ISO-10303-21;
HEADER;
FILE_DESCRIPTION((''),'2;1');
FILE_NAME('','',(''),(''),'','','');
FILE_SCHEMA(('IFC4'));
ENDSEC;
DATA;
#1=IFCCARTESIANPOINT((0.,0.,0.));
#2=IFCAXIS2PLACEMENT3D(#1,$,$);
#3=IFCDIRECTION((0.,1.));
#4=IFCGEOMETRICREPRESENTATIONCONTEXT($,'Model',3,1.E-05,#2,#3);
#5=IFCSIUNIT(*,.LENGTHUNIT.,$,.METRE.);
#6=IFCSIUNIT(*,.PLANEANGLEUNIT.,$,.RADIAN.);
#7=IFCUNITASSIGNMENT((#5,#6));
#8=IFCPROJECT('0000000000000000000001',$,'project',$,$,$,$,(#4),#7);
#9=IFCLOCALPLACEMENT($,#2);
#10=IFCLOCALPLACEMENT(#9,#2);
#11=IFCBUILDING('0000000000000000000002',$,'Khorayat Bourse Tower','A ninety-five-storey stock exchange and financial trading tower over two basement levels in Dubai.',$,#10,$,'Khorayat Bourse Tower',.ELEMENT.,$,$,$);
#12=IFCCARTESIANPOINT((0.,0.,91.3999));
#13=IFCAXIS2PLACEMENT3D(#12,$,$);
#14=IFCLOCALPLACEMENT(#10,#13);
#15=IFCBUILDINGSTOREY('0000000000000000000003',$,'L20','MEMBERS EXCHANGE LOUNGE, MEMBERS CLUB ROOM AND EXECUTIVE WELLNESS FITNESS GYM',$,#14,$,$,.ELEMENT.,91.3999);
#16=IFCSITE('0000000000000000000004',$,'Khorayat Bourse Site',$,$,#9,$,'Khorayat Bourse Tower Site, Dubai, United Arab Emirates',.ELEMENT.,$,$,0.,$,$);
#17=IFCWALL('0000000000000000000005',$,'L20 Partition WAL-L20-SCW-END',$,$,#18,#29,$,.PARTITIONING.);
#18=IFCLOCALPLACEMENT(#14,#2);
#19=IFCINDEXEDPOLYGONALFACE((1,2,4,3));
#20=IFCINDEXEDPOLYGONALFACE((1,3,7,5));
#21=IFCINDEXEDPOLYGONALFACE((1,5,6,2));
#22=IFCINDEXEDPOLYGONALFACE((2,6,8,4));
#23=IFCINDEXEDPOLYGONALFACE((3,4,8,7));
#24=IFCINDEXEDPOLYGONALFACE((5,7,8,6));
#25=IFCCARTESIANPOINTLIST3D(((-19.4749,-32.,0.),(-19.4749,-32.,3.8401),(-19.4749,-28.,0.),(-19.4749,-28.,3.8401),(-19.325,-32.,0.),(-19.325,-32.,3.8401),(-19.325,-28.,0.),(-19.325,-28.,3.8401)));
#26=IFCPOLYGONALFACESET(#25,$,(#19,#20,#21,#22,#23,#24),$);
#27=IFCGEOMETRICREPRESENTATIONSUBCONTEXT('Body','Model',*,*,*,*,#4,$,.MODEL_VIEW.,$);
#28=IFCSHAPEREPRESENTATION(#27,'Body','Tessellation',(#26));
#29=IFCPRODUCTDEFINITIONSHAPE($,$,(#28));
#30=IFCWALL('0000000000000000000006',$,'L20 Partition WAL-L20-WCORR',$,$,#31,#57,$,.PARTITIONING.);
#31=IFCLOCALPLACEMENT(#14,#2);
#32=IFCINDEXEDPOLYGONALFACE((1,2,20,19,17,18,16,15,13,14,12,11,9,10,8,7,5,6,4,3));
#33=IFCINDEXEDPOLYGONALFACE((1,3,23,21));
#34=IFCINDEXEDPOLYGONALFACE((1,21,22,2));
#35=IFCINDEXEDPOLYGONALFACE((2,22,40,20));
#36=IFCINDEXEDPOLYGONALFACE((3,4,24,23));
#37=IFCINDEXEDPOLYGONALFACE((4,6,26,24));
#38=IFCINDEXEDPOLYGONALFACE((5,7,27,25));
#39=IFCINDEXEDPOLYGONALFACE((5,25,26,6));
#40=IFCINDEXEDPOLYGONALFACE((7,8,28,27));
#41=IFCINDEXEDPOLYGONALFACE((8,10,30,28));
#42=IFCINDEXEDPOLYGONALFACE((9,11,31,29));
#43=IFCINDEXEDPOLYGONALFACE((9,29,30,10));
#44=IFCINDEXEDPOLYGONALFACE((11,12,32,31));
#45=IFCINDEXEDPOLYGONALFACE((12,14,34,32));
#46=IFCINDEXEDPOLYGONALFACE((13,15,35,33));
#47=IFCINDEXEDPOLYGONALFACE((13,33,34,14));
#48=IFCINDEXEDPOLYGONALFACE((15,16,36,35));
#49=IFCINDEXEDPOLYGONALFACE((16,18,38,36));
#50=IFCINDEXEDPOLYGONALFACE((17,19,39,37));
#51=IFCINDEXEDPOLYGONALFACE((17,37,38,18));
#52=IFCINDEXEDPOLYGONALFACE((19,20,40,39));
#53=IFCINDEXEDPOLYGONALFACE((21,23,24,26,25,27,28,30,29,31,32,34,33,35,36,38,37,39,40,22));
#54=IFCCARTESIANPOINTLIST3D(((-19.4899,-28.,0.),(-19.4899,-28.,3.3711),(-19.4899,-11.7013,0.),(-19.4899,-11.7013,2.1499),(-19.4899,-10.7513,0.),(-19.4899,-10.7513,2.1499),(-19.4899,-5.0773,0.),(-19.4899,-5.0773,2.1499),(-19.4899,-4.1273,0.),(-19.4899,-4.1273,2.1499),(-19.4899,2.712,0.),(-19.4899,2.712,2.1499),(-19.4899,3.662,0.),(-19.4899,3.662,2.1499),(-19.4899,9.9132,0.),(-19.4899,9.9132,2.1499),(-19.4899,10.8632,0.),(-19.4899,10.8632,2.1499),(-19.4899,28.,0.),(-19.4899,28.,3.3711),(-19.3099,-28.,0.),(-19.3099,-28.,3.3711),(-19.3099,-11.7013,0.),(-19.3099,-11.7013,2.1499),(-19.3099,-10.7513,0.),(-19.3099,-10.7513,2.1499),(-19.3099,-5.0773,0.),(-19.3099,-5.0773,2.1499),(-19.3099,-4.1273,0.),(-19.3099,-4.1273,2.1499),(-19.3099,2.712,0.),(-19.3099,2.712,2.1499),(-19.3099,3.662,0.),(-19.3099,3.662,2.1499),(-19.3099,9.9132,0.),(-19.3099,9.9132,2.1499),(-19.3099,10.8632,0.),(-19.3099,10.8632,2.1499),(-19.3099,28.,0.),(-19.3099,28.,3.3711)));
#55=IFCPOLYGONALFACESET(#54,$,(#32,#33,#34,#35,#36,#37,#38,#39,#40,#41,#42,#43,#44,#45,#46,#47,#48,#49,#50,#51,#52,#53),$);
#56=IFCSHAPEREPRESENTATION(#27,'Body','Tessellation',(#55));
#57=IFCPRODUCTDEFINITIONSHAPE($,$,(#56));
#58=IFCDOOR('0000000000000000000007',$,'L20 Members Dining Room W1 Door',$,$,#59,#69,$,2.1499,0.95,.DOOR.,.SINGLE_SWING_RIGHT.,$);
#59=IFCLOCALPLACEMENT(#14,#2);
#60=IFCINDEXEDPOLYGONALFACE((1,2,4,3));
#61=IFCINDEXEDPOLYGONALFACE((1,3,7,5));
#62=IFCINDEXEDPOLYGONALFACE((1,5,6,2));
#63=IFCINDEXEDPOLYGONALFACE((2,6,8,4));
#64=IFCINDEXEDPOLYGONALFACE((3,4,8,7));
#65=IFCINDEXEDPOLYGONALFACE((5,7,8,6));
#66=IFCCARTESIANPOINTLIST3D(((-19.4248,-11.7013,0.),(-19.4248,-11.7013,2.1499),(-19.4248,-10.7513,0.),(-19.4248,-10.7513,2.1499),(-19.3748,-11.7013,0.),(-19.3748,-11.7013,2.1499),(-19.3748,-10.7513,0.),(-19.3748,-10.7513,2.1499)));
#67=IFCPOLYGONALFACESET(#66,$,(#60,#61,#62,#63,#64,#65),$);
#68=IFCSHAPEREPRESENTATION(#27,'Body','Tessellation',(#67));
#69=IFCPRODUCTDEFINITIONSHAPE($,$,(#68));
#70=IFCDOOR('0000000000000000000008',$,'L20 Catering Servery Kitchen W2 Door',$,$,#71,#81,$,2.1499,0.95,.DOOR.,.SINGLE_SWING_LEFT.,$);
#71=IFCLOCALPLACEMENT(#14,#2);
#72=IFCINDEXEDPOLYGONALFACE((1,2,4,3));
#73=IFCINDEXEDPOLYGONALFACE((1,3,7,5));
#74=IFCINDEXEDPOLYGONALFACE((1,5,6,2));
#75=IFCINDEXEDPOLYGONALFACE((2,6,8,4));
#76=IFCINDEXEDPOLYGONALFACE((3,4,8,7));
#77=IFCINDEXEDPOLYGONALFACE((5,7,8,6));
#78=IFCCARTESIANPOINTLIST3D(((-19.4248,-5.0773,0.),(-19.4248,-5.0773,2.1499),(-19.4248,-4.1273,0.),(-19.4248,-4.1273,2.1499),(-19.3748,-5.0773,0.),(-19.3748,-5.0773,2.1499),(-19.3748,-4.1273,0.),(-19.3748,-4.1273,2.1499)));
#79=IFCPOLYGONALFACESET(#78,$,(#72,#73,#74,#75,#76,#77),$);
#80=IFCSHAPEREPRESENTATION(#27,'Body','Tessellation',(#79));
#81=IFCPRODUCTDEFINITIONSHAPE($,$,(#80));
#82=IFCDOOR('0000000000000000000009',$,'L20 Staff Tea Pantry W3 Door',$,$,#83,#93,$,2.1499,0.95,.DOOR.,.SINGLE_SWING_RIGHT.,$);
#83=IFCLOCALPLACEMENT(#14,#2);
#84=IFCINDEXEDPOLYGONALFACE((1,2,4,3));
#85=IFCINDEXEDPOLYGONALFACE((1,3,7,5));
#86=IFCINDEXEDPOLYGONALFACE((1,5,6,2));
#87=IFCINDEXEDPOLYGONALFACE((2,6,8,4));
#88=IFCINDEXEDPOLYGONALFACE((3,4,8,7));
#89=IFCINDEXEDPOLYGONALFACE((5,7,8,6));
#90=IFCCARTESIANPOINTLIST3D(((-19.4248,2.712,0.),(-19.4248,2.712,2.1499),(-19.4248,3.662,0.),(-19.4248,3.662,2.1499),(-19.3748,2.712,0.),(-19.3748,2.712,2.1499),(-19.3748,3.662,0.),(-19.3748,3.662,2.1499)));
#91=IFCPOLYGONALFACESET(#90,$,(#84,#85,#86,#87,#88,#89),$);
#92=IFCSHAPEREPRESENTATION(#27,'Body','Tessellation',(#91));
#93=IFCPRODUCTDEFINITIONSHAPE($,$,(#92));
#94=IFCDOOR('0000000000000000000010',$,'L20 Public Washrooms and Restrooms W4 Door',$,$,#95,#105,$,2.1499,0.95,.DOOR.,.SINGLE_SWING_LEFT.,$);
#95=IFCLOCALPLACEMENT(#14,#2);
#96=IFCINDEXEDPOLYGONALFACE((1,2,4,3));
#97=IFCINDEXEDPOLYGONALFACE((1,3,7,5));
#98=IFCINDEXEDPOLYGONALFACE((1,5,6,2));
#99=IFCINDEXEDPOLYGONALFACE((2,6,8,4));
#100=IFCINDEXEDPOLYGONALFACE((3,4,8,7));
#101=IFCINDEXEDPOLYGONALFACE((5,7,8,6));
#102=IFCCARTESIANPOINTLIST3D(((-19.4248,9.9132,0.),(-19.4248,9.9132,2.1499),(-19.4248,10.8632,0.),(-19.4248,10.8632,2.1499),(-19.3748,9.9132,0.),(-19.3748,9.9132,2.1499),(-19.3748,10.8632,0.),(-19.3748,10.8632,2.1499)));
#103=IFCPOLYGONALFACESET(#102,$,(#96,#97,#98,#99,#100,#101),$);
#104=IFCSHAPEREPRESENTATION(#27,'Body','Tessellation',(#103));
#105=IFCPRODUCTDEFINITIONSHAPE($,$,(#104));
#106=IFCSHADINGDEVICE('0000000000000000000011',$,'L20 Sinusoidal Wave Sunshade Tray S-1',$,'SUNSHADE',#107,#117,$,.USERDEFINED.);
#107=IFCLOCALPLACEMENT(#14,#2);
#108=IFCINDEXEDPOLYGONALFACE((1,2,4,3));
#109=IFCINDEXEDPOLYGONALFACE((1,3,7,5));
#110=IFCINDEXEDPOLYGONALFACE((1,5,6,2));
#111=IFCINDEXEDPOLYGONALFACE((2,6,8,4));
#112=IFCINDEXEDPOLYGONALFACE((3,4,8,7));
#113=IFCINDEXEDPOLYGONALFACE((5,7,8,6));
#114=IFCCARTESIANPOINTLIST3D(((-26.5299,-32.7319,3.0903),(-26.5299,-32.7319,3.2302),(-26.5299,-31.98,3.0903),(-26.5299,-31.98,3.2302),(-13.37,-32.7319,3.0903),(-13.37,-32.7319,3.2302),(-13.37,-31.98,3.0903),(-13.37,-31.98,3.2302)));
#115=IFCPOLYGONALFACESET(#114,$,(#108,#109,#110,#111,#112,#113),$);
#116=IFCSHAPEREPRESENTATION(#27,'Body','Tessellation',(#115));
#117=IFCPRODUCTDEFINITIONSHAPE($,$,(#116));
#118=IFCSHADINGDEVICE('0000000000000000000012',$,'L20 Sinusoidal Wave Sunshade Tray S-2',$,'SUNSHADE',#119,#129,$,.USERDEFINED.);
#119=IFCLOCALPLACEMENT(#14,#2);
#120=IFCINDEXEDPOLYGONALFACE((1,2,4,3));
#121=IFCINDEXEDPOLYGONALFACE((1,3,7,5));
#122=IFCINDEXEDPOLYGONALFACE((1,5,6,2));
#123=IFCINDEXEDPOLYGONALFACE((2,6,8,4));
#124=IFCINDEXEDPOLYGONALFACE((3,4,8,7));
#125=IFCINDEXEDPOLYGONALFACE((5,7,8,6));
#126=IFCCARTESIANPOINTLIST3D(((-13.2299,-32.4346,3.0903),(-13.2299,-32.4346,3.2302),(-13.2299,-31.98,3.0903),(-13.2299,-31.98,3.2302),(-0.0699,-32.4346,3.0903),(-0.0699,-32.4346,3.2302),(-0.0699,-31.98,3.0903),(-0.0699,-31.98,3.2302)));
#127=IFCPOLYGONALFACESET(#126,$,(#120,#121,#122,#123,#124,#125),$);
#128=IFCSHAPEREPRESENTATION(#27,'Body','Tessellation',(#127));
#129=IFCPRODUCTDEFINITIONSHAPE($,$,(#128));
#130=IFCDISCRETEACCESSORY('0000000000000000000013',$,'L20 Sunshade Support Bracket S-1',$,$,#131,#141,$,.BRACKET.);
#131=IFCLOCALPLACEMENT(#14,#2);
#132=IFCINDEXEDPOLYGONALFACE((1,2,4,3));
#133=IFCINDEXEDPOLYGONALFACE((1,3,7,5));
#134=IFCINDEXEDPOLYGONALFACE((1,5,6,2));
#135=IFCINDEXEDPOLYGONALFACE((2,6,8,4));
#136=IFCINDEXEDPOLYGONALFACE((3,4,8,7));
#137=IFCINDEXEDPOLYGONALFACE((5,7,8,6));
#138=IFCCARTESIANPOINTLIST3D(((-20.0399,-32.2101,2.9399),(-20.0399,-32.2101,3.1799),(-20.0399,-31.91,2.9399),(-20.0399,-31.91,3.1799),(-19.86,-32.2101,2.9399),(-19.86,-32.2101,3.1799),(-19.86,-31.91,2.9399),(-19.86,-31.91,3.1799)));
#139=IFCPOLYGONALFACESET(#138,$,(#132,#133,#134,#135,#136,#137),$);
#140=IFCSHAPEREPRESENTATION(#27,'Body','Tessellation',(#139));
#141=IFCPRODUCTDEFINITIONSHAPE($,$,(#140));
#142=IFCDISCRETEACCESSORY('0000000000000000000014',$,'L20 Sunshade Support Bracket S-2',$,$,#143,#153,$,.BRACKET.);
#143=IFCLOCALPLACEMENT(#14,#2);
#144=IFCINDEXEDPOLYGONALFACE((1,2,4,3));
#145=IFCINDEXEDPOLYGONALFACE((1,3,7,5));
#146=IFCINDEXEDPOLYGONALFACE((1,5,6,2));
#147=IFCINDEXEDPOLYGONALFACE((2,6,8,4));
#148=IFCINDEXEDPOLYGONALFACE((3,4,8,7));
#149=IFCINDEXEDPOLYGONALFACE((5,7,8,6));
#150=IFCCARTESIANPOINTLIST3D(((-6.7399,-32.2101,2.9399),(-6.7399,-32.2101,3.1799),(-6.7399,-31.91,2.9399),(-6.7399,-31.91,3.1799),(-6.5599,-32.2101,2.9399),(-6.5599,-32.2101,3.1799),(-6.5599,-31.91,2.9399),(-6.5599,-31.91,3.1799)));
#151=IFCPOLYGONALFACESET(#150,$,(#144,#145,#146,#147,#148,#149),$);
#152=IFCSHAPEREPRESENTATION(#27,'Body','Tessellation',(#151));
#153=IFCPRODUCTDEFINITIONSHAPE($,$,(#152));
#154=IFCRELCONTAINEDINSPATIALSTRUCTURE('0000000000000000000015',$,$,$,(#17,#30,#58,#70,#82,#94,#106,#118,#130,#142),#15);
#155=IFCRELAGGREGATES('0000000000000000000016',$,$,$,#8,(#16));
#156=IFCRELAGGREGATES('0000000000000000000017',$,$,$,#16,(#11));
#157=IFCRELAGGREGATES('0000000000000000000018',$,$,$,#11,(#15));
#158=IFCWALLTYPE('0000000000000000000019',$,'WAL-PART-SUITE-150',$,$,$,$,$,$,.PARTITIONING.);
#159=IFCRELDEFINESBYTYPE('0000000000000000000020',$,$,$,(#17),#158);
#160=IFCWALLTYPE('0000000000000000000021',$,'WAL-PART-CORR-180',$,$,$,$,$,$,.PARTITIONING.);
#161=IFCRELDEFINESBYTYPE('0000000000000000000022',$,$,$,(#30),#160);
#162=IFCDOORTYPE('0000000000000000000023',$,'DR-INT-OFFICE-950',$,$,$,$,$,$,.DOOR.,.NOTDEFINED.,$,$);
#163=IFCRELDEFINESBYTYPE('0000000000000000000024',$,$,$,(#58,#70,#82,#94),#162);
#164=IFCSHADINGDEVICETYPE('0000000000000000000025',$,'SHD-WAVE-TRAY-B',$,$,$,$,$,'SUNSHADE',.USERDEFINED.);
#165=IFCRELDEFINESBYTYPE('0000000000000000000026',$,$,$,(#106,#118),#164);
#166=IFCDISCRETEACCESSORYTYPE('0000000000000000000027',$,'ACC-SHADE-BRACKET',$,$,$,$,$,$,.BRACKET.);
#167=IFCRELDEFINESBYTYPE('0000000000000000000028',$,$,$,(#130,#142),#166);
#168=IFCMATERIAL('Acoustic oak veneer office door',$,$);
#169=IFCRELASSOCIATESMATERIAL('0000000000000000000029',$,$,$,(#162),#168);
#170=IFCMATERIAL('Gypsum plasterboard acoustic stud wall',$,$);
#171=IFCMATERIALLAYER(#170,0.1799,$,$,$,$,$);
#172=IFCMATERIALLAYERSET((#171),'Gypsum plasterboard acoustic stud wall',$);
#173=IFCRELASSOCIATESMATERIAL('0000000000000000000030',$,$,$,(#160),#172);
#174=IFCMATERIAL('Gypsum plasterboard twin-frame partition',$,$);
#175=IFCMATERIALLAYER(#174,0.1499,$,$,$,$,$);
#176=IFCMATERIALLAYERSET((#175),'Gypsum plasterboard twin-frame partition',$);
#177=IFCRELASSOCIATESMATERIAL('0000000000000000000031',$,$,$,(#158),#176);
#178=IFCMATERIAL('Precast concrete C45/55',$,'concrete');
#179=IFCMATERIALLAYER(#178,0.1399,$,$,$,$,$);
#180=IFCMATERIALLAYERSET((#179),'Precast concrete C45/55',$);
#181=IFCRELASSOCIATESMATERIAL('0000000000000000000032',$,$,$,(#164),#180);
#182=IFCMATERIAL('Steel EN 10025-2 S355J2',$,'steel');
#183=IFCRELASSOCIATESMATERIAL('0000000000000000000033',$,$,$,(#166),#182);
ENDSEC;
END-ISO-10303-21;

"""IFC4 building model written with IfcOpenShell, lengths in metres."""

from ifc_helpers import new_model, si_unit, direction, frame, frame_2d, origin, origin_2d, place, context, subcontext, project, spatial, rectangle, extrude, source, transform, mapped, material, layer, layer_set, type_object, element, fill, save


model = new_model("IFC4")

# Units and contexts
model_context = context("Model", 3, precision=1e-05, world=origin(), true_north=direction((0.0, 1.0)))
body_context = subcontext(model_context, "Body", "Model", "MODEL_VIEW")
ifc_project = project(units=[si_unit("LENGTHUNIT", "METRE"), si_unit("PLANEANGLEUNIT", "RADIAN")], contexts=[model_context])

# Site, building, storey
site_placement = place(None, origin())
site = spatial("IfcSite", under=ifc_project, at=site_placement, Name="Khorayat Bourse Site", LongName="Khorayat Bourse Tower Site, Dubai, United Arab Emirates", CompositionType="ELEMENT", RefElevation=0.0)
building_placement = place(site_placement, origin())
building = spatial("IfcBuilding", under=site, at=building_placement, Name="Khorayat Bourse Tower", Description="A ninety-five-storey stock exchange and financial trading tower over two basement levels in Dubai.", LongName="Khorayat Bourse Tower", CompositionType="ELEMENT")
storey_placement = place(building_placement, frame((0.0, 0.0, 91.3999)))
storey = spatial("IfcBuildingStorey", under=building, at=storey_placement, Name="L20", Description="MEMBERS EXCHANGE LOUNGE, MEMBERS CLUB ROOM AND EXECUTIVE WELLNESS FITNESS GYM", CompositionType="ELEMENT", Elevation=91.3999)

# Shared definitions
ifc_material_1 = material(Name="Steel EN 10025-2 S355J2", Category="steel")

# Shared definitions
ifc_material_2 = material(Name="Acoustic oak veneer office door")
door_type_1 = type_object("IfcDoorType", Name="DR-INT-OFFICE-950", OperationType="NOTDEFINED", PredefinedType="DOOR", material=ifc_material_2)
shared_shape_1 = source(origin(), body_context, "Body", "SweptSolid", [
    extrude(rectangle(XDim=0.95, YDim=2.1499, at=frame_2d((0.4751, 1.075))), frame((0.0, 0.0249, 0.0), z_axis=(0.0, -1.0, 0.0), x_axis=(1.0, 0.0, 0.0)), (0.0, 0.0, 1.0), 0.05),
])
ifc_material_3 = material(Name="Gypsum plasterboard acoustic stud wall")
ifc_layer_1 = layer(ifc_material_3, 0.1799)
ifc_layer_set_1 = layer_set([ifc_layer_1], Name="Gypsum plasterboard acoustic stud wall")
wall_type_1 = type_object("IfcWallType", Name="WAL-PART-CORR-180", PredefinedType="PARTITIONING", material=ifc_layer_set_1)

# Wall
ifc_material_4 = material(Name="Gypsum plasterboard twin-frame partition")
ifc_layer_2 = layer(ifc_material_4, 0.1499)
ifc_layer_set_2 = layer_set([ifc_layer_2], Name="Gypsum plasterboard twin-frame partition")
wall_type_2 = type_object("IfcWallType", Name="WAL-PART-SUITE-150", PredefinedType="PARTITIONING", material=ifc_layer_set_2)
shared_shape_2 = source(origin(), body_context, "Body", "SweptSolid", [
    extrude(rectangle(XDim=4.0, YDim=0.1499, at=frame_2d((2.0, 0.0))), origin(), (0.0, 0.0, 1.0), 3.8401),
])
wall_1_placement = place(storey_placement, frame((-19.3999, -32.0, 0.0), z_axis=(0.0, 0.0, 1.0), x_axis=(0.0, 1.0, 0.0)))
element("IfcWall", 1, at=wall_1_placement, inside=storey, type_object=wall_type_2, Name="L20 Partition WAL-L20-SCW-END", PredefinedType="PARTITIONING", context=body_context, shape_type="MappedRepresentation", body=[
    mapped(shared_shape_2, transform((0.0, 0.0, 0.0), scale=1.0)),
])

# Wall, openings, doors
shared_shape_3 = source(origin(), body_context, "Body", "SweptSolid", [
    extrude(rectangle(XDim=56.0, YDim=0.1799, at=frame_2d((28.0, 0.0))), origin(), (0.0, 0.0, 1.0), 3.3711),
])
wall_2_placement = place(storey_placement, frame((-19.3999, -28.0, 0.0), z_axis=(0.0, 0.0, 1.0), x_axis=(0.0, 1.0, 0.0)))
wall_2 = element("IfcWall", 2, at=wall_2_placement, inside=storey, type_object=wall_type_1, Name="L20 Partition WAL-L20-WCORR", PredefinedType="PARTITIONING", context=body_context, shape_type="MappedRepresentation", body=[
    mapped(shared_shape_3, transform((0.0, 0.0, 0.0), scale=1.0)),
])
shared_shape_4 = source(origin(), body_context, "Body", "SweptSolid", [
    extrude(rectangle(XDim=0.95, YDim=2.1499, at=frame_2d((0.4751, 1.075))), frame((0.0, 0.0999, 0.0), z_axis=(0.0, -1.0, 0.0), x_axis=(1.0, 0.0, 0.0)), (0.0, 0.0, 1.0), 0.2),
])
opening_1_placement = place(wall_2_placement, frame((16.2986, 0.0, 0.0)))
opening_1 = element("IfcOpeningElement", 3, at=opening_1_placement, cuts=wall_2, PredefinedType="OPENING", context=body_context, shape_type="MappedRepresentation", body=[
    mapped(shared_shape_4, transform((0.0, 0.0, 0.0), scale=1.0)),
])
opening_2_placement = place(wall_2_placement, frame((22.9226, 0.0, 0.0)))
opening_2 = element("IfcOpeningElement", 4, at=opening_2_placement, cuts=wall_2, PredefinedType="OPENING", context=body_context, shape_type="MappedRepresentation", body=[
    mapped(shared_shape_4, transform((0.0, 0.0, 0.0), scale=1.0)),
])
opening_3_placement = place(wall_2_placement, frame((30.7119, 0.0, 0.0)))
opening_3 = element("IfcOpeningElement", 5, at=opening_3_placement, cuts=wall_2, PredefinedType="OPENING", context=body_context, shape_type="MappedRepresentation", body=[
    mapped(shared_shape_4, transform((0.0, 0.0, 0.0), scale=1.0)),
])
opening_4_placement = place(wall_2_placement, frame((37.9131, 0.0, 0.0)))
opening_4 = element("IfcOpeningElement", 6, at=opening_4_placement, cuts=wall_2, PredefinedType="OPENING", context=body_context, shape_type="MappedRepresentation", body=[
    mapped(shared_shape_4, transform((0.0, 0.0, 0.0), scale=1.0)),
])
door_1_placement = place(opening_1_placement, origin())
door_1 = element("IfcDoor", 7, at=door_1_placement, inside=storey, type_object=door_type_1, Name="L20 Members Dining Room W1 Door", OperationType="SINGLE_SWING_RIGHT", OverallHeight=2.1499, OverallWidth=0.95, PredefinedType="DOOR", context=body_context, shape_type="MappedRepresentation", body=[
    mapped(shared_shape_1, transform((0.0, 0.0, 0.0), scale=1.0)),
])
fill(opening_1, door_1)
door_2_placement = place(opening_2_placement, origin())
door_2 = element("IfcDoor", 8, at=door_2_placement, inside=storey, type_object=door_type_1, Name="L20 Catering Servery Kitchen W2 Door", OperationType="SINGLE_SWING_LEFT", OverallHeight=2.1499, OverallWidth=0.95, PredefinedType="DOOR", context=body_context, shape_type="MappedRepresentation", body=[
    mapped(shared_shape_1, transform((0.0, 0.0, 0.0), scale=1.0)),
])
fill(opening_2, door_2)
door_3_placement = place(opening_3_placement, origin())
door_3 = element("IfcDoor", 9, at=door_3_placement, inside=storey, type_object=door_type_1, Name="L20 Staff Tea Pantry W3 Door", OperationType="SINGLE_SWING_RIGHT", OverallHeight=2.1499, OverallWidth=0.95, PredefinedType="DOOR", context=body_context, shape_type="MappedRepresentation", body=[
    mapped(shared_shape_1, transform((0.0, 0.0, 0.0), scale=1.0)),
])
fill(opening_3, door_3)
door_4_placement = place(opening_4_placement, origin())
door_4 = element("IfcDoor", 10, at=door_4_placement, inside=storey, type_object=door_type_1, Name="L20 Public Washrooms and Restrooms W4 Door", OperationType="SINGLE_SWING_LEFT", OverallHeight=2.1499, OverallWidth=0.95, PredefinedType="DOOR", context=body_context, shape_type="MappedRepresentation", body=[
    mapped(shared_shape_1, transform((0.0, 0.0, 0.0), scale=1.0)),
])
fill(opening_4, door_4)

# Shading devices
ifc_material_5 = material(Name="Precast concrete C45/55", Category="concrete")
ifc_layer_3 = layer(ifc_material_5, 0.1399)
ifc_layer_set_3 = layer_set([ifc_layer_3], Name="Precast concrete C45/55")
shading_device_type = type_object("IfcShadingDeviceType", Name="SHD-WAVE-TRAY-B", ElementType="SUNSHADE", PredefinedType="USERDEFINED", material=ifc_layer_set_3)
shared_shape_5 = source(origin(), body_context, "Body", "SweptSolid", [
    extrude(rectangle(XDim=13.1599, YDim=0.752, at=origin_2d()), origin(), (0.0, 0.0, 1.0), 0.1399),
])
shading_device_1_placement = place(storey_placement, frame((-19.95, -32.356, 3.0903), z_axis=(0.0, 0.0, 1.0), x_axis=(1.0, 0.0, 0.0)))
element("IfcShadingDevice", 11, at=shading_device_1_placement, inside=storey, type_object=shading_device_type, Name="L20 Sinusoidal Wave Sunshade Tray S-1", ObjectType="SUNSHADE", PredefinedType="USERDEFINED", context=body_context, shape_type="MappedRepresentation", body=[
    mapped(shared_shape_5, transform((0.0, 0.0, 0.0), scale=1.0)),
])
shared_shape_6 = source(origin(), body_context, "Body", "SweptSolid", [
    extrude(rectangle(XDim=13.1599, YDim=0.4546, at=origin_2d()), origin(), (0.0, 0.0, 1.0), 0.1399),
])
shading_device_2_placement = place(storey_placement, frame((-6.6499, -32.2073, 3.0903), z_axis=(0.0, 0.0, 1.0), x_axis=(1.0, 0.0, 0.0)))
element("IfcShadingDevice", 12, at=shading_device_2_placement, inside=storey, type_object=shading_device_type, Name="L20 Sinusoidal Wave Sunshade Tray S-2", ObjectType="SUNSHADE", PredefinedType="USERDEFINED", context=body_context, shape_type="MappedRepresentation", body=[
    mapped(shared_shape_6, transform((0.0, 0.0, 0.0), scale=1.0)),
])

# Discrete accessories
discrete_accessory_type = type_object("IfcDiscreteAccessoryType", Name="ACC-SHADE-BRACKET", PredefinedType="BRACKET", material=ifc_material_1)
shared_shape_7 = source(origin(), body_context, "Body", "SweptSolid", [
    extrude(rectangle(XDim=0.1799, YDim=0.3, at=origin_2d()), origin(), (0.0, 0.0, 1.0), 0.24),
])
for number, where, z_axis, x_axis, name in (
    (13, (-19.95, -32.0601, 2.9399), (0.0, 0.0, 1.0), (1.0, 0.0, 0.0), "L20 Sunshade Support Bracket S-1"),
    (14, (-6.6499, -32.0601, 2.9399), (0.0, 0.0, 1.0), (1.0, 0.0, 0.0), "L20 Sunshade Support Bracket S-2"),
):
    element("IfcDiscreteAccessory", number, at=place(storey_placement, frame(where, z_axis=z_axis, x_axis=x_axis)), inside=storey, type_object=discrete_accessory_type, Name=name, PredefinedType="BRACKET", context=body_context, shape_type="MappedRepresentation", body=[
        mapped(shared_shape_7, transform((0.0, 0.0, 0.0), scale=1.0)),
    ])

save(model, "model.ifc")
